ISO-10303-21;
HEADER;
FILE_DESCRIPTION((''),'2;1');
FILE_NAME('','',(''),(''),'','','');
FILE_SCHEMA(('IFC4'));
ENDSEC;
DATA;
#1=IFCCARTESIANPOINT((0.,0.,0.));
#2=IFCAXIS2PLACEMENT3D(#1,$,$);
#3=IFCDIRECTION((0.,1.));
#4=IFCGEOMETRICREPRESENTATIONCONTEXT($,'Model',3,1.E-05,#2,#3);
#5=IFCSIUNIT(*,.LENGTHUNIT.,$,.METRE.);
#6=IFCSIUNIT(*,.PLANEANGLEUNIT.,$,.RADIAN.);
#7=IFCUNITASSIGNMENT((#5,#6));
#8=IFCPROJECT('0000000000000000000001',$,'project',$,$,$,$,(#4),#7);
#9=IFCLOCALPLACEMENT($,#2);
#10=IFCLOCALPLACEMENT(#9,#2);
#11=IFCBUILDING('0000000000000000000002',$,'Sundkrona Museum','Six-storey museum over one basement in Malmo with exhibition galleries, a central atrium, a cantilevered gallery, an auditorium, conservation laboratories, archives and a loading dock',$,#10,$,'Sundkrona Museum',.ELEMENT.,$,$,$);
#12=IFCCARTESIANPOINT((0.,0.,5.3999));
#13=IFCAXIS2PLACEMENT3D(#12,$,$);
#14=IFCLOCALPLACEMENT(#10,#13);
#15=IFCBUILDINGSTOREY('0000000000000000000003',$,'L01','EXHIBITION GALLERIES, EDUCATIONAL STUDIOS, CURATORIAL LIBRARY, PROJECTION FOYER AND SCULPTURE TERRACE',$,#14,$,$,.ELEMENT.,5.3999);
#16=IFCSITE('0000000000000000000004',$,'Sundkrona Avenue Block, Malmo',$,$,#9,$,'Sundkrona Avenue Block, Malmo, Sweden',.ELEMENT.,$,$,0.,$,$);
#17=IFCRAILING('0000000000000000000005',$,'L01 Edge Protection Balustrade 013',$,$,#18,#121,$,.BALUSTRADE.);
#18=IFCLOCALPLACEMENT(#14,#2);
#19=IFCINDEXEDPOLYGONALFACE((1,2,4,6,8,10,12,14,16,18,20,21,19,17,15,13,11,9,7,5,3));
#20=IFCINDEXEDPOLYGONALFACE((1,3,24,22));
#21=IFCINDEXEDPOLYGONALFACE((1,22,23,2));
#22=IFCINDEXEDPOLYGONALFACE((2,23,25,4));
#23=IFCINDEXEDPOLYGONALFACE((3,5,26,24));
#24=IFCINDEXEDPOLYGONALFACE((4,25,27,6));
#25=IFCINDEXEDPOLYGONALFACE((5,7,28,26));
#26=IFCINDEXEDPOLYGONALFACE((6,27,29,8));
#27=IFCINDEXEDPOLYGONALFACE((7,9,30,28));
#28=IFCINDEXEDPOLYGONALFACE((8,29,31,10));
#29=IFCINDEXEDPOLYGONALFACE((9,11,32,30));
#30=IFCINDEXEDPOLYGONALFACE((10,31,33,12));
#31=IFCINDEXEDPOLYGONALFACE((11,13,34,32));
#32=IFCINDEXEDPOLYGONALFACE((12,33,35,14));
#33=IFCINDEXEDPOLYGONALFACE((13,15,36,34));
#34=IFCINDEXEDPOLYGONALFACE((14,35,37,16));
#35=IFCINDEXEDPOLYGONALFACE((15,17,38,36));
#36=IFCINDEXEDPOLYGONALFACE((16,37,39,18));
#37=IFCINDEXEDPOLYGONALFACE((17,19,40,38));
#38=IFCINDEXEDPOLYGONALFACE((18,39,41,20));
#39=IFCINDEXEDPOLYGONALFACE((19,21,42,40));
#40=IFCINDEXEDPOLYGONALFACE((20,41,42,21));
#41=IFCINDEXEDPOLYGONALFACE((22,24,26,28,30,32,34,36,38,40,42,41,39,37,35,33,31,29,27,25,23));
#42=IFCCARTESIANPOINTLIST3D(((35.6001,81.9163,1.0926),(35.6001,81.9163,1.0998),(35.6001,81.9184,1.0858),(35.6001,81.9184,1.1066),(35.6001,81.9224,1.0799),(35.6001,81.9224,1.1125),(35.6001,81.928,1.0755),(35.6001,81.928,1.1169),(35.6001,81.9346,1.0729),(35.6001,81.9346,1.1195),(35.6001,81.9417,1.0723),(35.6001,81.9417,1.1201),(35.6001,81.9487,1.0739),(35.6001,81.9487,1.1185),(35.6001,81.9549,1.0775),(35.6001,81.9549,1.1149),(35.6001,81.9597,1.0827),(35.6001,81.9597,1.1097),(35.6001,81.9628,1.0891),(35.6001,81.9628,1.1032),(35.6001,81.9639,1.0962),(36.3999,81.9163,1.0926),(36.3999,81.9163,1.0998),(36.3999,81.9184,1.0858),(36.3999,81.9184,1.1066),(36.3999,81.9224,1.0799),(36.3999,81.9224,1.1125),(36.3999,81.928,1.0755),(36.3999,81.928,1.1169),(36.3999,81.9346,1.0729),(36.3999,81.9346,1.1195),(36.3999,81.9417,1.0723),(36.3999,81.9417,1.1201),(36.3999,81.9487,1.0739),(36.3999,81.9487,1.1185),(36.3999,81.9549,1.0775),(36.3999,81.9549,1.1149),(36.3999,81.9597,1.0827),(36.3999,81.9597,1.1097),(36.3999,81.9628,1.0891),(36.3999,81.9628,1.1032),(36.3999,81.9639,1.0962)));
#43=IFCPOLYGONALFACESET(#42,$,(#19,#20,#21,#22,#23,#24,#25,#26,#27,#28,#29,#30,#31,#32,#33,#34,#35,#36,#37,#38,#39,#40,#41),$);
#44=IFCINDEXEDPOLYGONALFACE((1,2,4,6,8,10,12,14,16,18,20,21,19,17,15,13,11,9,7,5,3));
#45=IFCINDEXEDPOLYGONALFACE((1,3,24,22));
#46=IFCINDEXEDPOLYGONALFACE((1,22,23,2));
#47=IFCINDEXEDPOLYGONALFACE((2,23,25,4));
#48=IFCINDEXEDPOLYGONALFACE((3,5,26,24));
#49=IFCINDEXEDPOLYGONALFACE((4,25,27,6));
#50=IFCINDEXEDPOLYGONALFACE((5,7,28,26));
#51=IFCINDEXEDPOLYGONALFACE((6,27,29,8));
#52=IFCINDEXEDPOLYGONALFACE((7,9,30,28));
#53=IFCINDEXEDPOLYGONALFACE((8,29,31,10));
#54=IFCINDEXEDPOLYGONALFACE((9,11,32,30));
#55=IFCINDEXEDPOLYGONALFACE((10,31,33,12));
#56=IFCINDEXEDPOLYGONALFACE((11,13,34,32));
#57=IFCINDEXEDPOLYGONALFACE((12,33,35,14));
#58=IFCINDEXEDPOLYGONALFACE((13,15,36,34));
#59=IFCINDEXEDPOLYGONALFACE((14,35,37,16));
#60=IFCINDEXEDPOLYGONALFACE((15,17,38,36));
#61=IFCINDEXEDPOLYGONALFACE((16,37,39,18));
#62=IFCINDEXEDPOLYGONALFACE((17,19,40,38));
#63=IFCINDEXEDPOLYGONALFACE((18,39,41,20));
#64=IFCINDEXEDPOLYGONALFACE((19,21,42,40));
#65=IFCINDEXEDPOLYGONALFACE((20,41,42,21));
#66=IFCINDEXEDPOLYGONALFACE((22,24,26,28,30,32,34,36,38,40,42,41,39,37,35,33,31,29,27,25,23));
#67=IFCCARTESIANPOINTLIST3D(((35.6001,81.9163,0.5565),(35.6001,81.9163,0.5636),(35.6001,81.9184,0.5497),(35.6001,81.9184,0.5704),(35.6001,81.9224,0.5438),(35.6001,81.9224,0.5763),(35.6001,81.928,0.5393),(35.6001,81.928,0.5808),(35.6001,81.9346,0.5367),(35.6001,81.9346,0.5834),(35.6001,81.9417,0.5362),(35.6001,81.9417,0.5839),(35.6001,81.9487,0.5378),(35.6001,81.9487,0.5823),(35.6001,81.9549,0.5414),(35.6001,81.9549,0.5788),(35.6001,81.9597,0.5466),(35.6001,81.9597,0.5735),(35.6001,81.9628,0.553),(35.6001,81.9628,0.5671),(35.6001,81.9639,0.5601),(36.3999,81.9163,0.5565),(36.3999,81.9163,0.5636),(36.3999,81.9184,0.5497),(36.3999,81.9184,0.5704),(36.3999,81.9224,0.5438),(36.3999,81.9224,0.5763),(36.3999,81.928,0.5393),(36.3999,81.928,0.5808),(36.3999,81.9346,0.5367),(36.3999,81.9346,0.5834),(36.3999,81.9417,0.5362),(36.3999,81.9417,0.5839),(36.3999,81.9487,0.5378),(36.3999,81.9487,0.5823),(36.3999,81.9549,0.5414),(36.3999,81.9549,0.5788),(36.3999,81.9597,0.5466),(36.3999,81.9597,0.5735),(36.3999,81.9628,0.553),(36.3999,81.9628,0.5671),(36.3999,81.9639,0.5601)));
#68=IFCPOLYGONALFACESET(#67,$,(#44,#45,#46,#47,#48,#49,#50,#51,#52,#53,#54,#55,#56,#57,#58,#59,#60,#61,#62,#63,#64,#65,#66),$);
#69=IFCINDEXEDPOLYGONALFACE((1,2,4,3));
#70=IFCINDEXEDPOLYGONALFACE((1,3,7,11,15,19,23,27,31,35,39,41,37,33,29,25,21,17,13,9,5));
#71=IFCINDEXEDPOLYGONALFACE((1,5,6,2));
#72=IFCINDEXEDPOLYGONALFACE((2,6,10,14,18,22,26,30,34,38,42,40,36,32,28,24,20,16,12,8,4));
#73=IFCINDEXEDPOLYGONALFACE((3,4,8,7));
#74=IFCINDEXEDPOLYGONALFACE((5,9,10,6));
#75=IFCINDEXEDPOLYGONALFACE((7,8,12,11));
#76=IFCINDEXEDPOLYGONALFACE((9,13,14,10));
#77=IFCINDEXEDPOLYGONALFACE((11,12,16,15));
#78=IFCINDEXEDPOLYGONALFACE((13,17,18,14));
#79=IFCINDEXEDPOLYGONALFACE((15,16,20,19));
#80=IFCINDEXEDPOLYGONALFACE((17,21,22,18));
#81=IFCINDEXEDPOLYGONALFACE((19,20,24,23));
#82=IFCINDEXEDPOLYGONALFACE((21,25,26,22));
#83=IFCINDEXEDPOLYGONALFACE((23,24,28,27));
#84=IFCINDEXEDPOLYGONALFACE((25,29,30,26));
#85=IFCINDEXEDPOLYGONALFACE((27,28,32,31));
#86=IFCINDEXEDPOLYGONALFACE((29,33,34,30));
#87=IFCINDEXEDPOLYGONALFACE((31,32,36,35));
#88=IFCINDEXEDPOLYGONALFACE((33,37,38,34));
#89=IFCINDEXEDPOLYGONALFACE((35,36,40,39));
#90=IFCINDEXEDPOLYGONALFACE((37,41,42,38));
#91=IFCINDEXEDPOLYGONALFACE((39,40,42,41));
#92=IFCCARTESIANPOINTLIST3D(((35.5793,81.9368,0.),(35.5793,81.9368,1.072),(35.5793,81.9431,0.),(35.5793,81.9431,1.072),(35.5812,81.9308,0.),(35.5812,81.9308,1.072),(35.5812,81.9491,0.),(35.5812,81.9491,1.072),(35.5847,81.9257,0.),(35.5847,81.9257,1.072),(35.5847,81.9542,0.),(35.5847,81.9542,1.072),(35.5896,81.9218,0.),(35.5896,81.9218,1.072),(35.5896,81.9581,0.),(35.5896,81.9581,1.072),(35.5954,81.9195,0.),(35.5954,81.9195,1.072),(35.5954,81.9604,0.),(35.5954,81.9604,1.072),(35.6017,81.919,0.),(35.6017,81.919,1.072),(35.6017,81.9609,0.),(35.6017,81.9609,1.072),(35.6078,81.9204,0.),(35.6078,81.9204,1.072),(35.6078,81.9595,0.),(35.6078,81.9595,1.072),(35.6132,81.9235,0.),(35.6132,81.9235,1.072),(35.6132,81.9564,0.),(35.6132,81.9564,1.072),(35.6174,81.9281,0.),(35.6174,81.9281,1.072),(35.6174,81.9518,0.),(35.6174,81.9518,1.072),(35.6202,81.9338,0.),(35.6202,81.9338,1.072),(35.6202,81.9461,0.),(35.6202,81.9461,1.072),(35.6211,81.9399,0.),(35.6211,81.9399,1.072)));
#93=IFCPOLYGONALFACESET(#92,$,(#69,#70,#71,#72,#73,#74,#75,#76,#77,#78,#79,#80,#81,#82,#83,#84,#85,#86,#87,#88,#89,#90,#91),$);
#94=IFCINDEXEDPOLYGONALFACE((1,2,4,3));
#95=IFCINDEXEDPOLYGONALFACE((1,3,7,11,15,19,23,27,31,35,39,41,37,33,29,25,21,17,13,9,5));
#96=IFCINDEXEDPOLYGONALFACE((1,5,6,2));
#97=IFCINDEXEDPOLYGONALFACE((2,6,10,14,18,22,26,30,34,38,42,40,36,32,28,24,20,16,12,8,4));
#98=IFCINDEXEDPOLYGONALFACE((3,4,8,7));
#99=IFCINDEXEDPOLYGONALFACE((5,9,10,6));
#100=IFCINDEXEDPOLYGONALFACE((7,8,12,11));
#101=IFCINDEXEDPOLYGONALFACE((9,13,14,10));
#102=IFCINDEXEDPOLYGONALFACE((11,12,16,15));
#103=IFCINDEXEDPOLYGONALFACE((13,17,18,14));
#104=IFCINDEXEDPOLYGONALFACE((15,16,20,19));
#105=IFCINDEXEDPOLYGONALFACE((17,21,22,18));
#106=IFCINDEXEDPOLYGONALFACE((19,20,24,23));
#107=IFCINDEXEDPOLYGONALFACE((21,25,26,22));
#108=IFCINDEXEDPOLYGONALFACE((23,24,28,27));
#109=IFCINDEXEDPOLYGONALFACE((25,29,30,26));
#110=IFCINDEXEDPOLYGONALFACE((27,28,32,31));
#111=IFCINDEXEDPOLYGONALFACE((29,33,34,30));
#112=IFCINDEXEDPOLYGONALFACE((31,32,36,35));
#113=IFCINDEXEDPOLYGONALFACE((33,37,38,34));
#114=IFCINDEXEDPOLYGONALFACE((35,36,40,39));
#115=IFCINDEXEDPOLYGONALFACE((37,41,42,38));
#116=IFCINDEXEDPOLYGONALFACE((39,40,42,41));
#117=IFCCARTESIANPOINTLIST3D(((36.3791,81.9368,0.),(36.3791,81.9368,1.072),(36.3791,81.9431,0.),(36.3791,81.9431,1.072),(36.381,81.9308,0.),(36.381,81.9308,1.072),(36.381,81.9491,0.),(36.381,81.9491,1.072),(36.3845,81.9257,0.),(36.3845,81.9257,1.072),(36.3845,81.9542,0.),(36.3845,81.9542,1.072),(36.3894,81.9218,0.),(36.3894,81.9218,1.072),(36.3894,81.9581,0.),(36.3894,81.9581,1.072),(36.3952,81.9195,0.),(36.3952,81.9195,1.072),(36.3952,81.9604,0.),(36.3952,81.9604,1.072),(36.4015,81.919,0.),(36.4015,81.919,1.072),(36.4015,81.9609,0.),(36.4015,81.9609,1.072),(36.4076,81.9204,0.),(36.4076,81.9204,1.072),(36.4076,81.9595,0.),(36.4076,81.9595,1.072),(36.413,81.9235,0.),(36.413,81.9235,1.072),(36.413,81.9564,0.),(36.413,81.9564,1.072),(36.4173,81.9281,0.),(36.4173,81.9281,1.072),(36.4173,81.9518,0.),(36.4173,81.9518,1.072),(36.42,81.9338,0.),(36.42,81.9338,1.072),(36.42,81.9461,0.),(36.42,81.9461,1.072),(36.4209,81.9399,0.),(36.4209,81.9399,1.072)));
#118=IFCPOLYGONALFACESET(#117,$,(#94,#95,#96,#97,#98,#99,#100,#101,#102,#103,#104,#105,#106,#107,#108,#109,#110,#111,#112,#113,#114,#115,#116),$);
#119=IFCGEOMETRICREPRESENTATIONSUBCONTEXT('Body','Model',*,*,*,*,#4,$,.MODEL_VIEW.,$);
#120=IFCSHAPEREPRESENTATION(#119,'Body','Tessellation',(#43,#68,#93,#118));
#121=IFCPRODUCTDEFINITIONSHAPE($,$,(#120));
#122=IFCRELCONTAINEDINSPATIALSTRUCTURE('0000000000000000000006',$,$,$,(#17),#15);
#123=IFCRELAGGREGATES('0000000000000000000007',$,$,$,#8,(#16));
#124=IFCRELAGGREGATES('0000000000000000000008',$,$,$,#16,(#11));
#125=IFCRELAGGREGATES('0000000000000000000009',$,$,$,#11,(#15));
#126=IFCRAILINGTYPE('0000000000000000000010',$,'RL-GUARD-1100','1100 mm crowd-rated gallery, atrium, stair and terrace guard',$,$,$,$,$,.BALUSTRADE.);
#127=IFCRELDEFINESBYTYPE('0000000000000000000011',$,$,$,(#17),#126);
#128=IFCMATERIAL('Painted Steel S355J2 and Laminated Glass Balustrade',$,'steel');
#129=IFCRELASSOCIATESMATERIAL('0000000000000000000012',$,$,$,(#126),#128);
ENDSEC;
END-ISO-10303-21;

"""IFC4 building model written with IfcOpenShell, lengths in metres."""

from ifc_helpers import new_model, si_unit, direction, frame, origin, origin_2d, place, context, subcontext, project, spatial, circle, extrude, material, type_object, element, save


model = new_model("IFC4")

# Units and contexts
model_context = context("Model", 3, precision=1e-05, world=origin(), true_north=direction((0.0, 1.0)))
body_context = subcontext(model_context, "Body", "Model", "MODEL_VIEW")
ifc_project = project(units=[si_unit("LENGTHUNIT", "METRE"), si_unit("PLANEANGLEUNIT", "RADIAN")], contexts=[model_context])

# Site, building, storey
site_placement = place(None, origin())
site = spatial("IfcSite", under=ifc_project, at=site_placement, Name="Sundkrona Avenue Block, Malmo", LongName="Sundkrona Avenue Block, Malmo, Sweden", CompositionType="ELEMENT", RefElevation=0.0)
building_placement = place(site_placement, origin())
building = spatial("IfcBuilding", under=site, at=building_placement, Name="Sundkrona Museum", Description="Six-storey museum over one basement in Malmo with exhibition galleries, a central atrium, a cantilevered gallery, an auditorium, conservation laboratories, archives and a loading dock", LongName="Sundkrona Museum", CompositionType="ELEMENT")
storey_placement = place(building_placement, frame((0.0, 0.0, 5.3999)))
storey = spatial("IfcBuildingStorey", under=building, at=storey_placement, Name="L01", Description="EXHIBITION GALLERIES, EDUCATIONAL STUDIOS, CURATORIAL LIBRARY, PROJECTION FOYER AND SCULPTURE TERRACE", CompositionType="ELEMENT", Elevation=5.3999)

# Railing
ifc_material_1 = material(Name="Painted Steel S355J2 and Laminated Glass Balustrade", Category="steel")
railing_type = type_object("IfcRailingType", Name="RL-GUARD-1100", Description="1100 mm crowd-rated gallery, atrium, stair and terrace guard", PredefinedType="BALUSTRADE", material=ifc_material_1)
railing_1_placement = place(storey_placement, frame((35.6001, 81.9399, 0.0)))
element("IfcRailing", 1, at=railing_1_placement, inside=storey, type_object=railing_type, Name="L01 Edge Protection Balustrade 013", PredefinedType="BALUSTRADE", context=body_context, shape_type="SweptSolid", body=[
    extrude(circle(Radius=0.0239, at=origin_2d()), frame((0.0, 0.0, 1.0962), z_axis=(1.0, 0.0, 0.0), x_axis=(0.0, 1.0, 0.0)), (0.0, 0.0, 1.0), 0.7998),
    extrude(circle(Radius=0.0239, at=origin_2d()), frame((0.0, 0.0, 0.5601), z_axis=(1.0, 0.0, 0.0), x_axis=(0.0, 1.0, 0.0)), (0.0, 0.0, 1.0), 0.7998),
    extrude(circle(Radius=0.021, at=origin_2d()), origin(), (0.0, 0.0, 1.0), 1.072),
    extrude(circle(Radius=0.021, at=origin_2d()), frame((0.7998, 0.0, 0.0)), (0.0, 0.0, 1.0), 1.072),
])

save(model, "model.ifc")
